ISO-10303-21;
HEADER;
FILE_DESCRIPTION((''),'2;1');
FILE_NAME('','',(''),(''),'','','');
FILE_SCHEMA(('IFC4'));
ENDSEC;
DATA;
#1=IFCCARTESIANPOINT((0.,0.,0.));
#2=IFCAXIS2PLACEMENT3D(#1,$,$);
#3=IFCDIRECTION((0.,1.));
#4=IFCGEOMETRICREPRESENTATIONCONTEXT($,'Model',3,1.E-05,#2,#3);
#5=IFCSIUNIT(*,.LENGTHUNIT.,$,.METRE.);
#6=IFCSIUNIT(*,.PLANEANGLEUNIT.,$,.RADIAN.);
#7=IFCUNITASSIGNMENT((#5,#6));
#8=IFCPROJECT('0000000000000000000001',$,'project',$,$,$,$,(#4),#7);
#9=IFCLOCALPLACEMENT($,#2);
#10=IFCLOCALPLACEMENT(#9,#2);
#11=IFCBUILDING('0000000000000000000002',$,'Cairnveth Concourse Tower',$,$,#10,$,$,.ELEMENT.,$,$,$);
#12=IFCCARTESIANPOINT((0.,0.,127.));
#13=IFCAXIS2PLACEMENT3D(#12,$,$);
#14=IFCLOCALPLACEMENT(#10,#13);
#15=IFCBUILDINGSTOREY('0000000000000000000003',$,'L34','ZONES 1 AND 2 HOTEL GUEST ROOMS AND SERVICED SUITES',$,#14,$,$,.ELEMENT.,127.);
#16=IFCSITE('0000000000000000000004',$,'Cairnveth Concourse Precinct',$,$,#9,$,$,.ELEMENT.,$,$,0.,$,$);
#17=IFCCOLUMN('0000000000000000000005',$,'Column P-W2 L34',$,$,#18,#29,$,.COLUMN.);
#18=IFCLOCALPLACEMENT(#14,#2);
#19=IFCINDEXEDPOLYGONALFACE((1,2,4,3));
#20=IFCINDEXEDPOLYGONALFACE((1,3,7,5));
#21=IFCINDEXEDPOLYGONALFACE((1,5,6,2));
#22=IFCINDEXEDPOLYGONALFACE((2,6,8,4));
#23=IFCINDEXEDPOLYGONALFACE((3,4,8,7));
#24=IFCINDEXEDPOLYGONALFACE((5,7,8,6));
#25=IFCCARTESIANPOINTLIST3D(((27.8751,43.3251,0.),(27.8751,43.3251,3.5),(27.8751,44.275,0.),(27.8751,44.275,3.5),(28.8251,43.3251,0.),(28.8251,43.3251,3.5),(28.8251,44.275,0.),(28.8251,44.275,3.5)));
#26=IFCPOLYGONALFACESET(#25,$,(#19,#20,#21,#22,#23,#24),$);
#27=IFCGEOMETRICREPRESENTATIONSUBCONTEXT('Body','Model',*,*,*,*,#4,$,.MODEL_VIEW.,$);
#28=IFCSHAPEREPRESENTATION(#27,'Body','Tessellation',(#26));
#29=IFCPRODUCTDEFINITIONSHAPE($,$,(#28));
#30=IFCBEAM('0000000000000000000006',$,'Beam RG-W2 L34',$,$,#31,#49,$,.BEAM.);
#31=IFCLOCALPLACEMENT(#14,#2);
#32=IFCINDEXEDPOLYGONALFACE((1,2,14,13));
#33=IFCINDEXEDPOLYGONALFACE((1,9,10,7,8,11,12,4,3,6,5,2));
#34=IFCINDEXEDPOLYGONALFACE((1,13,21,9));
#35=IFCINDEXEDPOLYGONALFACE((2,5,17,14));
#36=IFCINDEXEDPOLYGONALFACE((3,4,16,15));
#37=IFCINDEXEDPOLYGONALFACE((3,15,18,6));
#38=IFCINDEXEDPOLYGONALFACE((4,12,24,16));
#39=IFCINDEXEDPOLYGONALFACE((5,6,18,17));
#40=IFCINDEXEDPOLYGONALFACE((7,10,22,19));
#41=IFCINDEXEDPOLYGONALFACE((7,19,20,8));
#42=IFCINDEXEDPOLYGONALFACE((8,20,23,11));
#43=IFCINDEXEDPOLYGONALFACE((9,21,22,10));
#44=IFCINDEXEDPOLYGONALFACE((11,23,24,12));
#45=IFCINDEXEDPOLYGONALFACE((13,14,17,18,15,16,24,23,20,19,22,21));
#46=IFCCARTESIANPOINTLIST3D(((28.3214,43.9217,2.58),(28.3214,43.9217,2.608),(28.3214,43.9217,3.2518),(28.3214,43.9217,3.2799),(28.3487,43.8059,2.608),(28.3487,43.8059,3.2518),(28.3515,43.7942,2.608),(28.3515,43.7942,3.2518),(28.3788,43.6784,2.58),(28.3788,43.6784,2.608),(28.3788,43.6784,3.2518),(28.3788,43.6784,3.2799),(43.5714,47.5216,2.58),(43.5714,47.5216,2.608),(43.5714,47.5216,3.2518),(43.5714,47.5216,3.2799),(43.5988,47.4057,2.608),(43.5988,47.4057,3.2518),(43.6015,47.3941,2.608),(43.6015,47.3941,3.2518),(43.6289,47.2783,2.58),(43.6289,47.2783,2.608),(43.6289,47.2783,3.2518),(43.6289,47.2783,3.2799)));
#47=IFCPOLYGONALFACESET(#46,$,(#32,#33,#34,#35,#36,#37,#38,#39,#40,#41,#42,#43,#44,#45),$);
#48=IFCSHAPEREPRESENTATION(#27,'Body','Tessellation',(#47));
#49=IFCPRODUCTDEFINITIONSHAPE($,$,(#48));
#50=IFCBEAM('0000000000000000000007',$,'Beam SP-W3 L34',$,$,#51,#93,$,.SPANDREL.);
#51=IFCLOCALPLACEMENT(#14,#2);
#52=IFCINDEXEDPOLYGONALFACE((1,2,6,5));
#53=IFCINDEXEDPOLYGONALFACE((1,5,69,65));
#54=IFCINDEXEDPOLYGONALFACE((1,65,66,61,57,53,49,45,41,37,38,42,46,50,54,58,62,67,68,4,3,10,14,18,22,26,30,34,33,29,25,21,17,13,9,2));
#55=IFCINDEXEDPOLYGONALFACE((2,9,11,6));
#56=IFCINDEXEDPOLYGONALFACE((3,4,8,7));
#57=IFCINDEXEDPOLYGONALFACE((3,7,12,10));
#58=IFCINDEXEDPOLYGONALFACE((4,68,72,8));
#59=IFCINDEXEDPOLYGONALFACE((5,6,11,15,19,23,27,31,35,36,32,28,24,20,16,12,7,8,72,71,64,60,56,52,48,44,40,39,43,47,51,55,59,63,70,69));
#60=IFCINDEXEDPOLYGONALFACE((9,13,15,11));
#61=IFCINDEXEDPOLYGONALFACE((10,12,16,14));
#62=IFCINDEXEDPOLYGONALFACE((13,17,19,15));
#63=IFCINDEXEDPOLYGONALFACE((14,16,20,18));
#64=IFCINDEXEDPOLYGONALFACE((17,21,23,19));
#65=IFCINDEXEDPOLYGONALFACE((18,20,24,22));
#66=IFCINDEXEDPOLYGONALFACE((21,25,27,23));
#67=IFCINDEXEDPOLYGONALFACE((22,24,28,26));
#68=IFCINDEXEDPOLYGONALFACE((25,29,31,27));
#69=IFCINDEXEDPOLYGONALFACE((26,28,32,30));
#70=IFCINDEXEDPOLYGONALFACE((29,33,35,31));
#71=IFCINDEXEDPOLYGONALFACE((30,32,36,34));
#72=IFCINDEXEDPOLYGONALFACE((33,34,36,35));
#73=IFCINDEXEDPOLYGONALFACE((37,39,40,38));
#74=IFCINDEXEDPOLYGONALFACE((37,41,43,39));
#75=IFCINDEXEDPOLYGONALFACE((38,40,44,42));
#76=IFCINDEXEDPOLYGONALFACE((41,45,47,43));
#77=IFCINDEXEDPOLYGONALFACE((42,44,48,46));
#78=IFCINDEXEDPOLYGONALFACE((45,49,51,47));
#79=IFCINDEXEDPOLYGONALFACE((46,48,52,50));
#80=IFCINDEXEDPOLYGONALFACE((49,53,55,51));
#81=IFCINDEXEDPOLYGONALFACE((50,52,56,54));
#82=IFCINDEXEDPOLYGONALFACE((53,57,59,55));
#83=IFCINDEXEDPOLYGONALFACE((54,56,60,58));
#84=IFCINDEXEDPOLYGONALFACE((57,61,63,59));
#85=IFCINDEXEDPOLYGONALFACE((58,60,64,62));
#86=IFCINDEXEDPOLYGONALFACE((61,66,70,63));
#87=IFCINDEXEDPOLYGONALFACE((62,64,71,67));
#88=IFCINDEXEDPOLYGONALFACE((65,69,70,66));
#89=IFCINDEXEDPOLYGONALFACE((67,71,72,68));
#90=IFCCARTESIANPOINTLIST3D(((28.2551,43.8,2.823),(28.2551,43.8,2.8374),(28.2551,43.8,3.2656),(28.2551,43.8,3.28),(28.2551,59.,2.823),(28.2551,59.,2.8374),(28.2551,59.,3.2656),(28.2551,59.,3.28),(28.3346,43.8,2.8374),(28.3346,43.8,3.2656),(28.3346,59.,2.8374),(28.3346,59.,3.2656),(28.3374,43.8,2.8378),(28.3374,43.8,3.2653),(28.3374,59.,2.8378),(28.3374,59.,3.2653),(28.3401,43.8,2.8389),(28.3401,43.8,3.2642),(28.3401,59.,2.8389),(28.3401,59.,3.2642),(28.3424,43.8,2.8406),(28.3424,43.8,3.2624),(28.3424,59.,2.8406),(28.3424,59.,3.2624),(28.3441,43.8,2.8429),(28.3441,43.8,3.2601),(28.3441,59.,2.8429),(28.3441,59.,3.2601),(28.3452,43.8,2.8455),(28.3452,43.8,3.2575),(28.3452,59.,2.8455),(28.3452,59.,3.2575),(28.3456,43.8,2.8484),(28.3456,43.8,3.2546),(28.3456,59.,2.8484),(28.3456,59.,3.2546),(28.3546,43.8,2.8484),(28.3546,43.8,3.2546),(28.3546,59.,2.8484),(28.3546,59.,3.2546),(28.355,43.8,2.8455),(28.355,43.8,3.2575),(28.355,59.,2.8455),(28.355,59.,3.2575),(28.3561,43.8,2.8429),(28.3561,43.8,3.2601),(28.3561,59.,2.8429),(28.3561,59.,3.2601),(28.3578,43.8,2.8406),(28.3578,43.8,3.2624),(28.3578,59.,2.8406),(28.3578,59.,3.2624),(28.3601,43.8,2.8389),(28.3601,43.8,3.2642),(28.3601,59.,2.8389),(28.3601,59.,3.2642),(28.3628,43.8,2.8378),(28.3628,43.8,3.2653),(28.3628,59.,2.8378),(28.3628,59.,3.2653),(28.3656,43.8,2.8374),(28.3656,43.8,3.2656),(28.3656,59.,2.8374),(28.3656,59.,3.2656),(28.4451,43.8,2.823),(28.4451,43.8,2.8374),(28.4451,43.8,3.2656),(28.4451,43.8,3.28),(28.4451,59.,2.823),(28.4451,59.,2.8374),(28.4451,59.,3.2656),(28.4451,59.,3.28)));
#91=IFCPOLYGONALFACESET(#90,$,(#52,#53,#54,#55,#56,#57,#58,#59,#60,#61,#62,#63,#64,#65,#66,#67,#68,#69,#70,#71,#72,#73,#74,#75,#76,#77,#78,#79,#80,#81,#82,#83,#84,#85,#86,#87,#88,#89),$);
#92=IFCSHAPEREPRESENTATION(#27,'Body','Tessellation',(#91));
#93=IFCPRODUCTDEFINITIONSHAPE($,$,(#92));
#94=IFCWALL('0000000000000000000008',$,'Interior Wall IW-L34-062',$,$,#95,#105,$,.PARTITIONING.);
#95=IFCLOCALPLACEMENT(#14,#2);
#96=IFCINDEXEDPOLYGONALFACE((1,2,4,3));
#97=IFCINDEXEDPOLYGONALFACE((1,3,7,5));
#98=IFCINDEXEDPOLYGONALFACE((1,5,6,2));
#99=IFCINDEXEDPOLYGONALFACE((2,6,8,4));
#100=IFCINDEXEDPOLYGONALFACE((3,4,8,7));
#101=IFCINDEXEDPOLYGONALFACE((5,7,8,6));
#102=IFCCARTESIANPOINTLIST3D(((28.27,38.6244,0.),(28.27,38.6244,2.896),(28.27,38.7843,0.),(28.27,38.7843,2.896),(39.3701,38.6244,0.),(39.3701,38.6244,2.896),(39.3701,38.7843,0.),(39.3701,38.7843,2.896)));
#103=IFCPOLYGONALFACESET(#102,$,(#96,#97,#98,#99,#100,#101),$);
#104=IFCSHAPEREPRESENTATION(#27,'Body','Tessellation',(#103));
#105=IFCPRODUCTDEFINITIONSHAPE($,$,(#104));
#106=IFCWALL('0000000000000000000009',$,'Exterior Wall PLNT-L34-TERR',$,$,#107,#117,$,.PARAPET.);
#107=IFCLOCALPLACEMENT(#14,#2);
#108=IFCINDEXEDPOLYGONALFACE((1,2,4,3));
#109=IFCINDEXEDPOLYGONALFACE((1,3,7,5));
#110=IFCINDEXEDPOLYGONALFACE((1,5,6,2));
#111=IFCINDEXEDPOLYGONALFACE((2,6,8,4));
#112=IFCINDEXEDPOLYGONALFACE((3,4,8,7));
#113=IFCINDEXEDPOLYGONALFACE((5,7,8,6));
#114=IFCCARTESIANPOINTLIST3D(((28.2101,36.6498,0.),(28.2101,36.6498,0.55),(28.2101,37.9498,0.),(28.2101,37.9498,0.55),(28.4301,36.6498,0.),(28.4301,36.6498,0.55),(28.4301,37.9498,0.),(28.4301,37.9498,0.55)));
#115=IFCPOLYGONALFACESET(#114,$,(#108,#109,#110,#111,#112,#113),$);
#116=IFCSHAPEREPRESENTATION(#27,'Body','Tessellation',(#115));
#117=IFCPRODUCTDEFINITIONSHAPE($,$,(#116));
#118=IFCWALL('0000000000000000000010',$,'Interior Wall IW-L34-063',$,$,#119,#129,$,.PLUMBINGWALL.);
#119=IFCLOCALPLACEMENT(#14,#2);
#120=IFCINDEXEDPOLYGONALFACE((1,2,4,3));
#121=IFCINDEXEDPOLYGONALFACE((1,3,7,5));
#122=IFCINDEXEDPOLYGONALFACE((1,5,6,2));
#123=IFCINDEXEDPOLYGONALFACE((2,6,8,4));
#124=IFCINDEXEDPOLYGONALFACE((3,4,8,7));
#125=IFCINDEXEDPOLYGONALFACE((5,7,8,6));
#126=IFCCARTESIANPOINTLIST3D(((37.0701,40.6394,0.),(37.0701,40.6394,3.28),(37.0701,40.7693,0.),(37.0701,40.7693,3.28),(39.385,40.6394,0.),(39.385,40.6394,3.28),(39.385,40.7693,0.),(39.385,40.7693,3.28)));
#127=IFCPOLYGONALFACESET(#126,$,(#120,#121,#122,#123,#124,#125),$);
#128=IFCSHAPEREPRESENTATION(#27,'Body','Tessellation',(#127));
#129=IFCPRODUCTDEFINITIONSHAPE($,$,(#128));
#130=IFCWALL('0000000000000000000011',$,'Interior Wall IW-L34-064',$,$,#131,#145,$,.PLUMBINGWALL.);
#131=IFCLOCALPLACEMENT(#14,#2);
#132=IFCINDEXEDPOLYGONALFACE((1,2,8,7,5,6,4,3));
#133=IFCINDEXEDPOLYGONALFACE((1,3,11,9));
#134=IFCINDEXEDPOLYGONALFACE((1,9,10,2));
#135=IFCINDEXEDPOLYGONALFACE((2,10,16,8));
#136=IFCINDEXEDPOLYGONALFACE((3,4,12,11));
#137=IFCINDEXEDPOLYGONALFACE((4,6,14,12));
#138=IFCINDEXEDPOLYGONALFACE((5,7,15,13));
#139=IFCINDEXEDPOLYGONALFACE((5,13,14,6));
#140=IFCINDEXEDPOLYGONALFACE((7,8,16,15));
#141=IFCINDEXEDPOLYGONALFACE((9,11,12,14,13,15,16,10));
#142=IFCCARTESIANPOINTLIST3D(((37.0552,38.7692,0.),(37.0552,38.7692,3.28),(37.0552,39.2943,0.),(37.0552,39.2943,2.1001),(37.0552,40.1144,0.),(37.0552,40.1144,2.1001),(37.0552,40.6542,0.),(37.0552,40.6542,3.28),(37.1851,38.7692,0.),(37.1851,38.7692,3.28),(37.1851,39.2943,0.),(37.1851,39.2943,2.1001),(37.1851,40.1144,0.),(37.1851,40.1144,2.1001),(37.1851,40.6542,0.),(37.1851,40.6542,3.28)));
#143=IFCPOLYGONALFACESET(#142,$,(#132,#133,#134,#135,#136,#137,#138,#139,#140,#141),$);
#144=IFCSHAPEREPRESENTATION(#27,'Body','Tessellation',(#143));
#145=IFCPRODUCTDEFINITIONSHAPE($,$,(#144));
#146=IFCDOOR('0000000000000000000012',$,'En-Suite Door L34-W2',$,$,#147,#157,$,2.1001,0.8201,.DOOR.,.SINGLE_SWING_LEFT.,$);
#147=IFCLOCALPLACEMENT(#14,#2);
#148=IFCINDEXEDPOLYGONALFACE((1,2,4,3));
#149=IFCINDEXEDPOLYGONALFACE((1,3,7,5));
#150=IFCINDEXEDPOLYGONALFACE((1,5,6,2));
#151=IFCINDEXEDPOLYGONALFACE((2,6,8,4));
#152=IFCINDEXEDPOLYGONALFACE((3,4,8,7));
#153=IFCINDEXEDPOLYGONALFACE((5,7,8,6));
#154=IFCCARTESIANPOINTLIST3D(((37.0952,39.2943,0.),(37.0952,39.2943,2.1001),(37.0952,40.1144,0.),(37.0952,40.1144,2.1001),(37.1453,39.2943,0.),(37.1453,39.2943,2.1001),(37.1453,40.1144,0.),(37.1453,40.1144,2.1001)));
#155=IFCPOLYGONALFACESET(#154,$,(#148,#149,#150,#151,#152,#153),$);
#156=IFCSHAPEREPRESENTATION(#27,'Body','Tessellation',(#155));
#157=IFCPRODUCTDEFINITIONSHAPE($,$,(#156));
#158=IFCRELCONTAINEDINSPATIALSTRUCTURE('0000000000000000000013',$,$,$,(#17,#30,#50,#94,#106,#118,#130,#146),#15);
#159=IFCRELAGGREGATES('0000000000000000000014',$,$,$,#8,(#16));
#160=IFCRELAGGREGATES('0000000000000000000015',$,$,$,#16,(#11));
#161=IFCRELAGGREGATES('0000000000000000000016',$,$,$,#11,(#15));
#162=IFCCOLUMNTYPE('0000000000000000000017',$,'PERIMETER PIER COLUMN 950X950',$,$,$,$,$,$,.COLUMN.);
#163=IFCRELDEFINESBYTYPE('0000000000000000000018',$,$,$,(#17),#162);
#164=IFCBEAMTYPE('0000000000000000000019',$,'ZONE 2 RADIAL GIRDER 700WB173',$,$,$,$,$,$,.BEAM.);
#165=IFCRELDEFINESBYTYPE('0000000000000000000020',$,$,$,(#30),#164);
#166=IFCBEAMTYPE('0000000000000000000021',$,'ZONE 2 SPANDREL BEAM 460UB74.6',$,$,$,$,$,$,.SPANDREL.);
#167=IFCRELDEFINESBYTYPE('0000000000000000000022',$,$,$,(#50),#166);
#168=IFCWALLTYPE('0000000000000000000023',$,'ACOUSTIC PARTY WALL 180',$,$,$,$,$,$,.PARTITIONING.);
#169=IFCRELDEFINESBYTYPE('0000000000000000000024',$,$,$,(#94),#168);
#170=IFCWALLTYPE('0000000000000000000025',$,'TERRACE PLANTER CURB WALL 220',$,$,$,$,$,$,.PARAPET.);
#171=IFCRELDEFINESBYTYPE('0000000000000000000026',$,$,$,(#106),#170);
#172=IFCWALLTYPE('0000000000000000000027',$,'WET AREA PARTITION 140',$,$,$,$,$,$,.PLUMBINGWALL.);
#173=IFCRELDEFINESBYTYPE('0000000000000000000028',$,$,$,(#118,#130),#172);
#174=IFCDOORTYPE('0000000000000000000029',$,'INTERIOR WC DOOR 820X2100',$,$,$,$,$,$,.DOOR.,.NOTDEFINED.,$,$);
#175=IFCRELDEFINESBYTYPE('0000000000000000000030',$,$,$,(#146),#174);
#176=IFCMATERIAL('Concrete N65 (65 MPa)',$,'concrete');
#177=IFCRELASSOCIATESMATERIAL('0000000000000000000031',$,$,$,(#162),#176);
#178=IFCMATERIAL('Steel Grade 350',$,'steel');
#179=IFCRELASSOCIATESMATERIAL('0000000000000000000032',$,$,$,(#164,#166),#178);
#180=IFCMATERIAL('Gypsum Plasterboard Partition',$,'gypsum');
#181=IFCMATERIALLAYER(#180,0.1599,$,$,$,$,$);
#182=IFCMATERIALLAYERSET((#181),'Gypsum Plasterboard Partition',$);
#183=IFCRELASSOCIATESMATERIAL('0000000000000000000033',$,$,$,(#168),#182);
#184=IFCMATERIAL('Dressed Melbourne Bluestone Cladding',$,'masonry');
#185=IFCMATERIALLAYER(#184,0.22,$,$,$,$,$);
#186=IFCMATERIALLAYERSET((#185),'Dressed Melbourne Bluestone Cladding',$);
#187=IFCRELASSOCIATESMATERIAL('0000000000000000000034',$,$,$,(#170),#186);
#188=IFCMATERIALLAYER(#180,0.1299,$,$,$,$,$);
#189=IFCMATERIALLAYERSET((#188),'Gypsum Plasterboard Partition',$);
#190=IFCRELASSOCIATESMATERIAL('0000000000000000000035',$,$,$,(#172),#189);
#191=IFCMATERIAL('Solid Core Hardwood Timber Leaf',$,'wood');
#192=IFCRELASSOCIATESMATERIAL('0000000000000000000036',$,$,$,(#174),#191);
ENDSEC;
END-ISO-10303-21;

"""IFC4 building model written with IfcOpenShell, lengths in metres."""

from ifc_helpers import new_model, si_unit, direction, frame, frame_2d, origin, origin_2d, place, context, subcontext, project, spatial, rectangle, i_section, extrude, material, layer, layer_set, material_profile, profile_set, type_object, element, fill, save


model = new_model("IFC4")

# Units and contexts
model_context = context("Model", 3, precision=1e-05, world=origin(), true_north=direction((0.0, 1.0)))
body_context = subcontext(model_context, "Body", "Model", "MODEL_VIEW")
ifc_project = project(units=[si_unit("LENGTHUNIT", "METRE"), si_unit("PLANEANGLEUNIT", "RADIAN")], contexts=[model_context])

# Site, building, storey
site_placement = place(None, origin())
site = spatial("IfcSite", under=ifc_project, at=site_placement, Name="Cairnveth Concourse Precinct", CompositionType="ELEMENT", RefElevation=0.0)
building_placement = place(site_placement, origin())
building = spatial("IfcBuilding", under=site, at=building_placement, Name="Cairnveth Concourse Tower", CompositionType="ELEMENT")
storey_placement = place(building_placement, frame((0.0, 0.0, 127.0)))
storey = spatial("IfcBuildingStorey", under=building, at=storey_placement, Name="L34", Description="ZONES 1 AND 2 HOTEL GUEST ROOMS AND SERVICED SUITES", CompositionType="ELEMENT", Elevation=127.0)

# Column
ifc_material_1 = material(Name="Concrete N65 (65 MPa)", Category="concrete")
ifc_material_profile_1 = material_profile(ifc_material_1, rectangle(XDim=0.95, YDim=0.95, at=origin_2d()), Name="RC-COL-950x950")
ifc_profile_set_1 = profile_set([ifc_material_profile_1], Name="Concrete N65 (65 MPa)")
column_type = type_object("IfcColumnType", Name="PERIMETER PIER COLUMN 950X950", PredefinedType="COLUMN", material=ifc_profile_set_1)
column_placement = place(storey_placement, frame((28.3501, 43.8, 0.0), z_axis=(0.0, 0.0, 1.0), x_axis=(0.0, 1.0, 0.0)))
element("IfcColumn", 1, at=column_placement, inside=storey, type_object=column_type, Name="Column P-W2 L34", PredefinedType="COLUMN", context=body_context, shape_type="SweptSolid", body=[
    extrude(rectangle(XDim=0.95, YDim=0.95, at=origin_2d()), origin(), (0.0, 0.0, 1.0), 3.5),
])

# Beams
ifc_material_2 = material(Name="Steel Grade 350", Category="steel")
ifc_material_profile_2 = material_profile(ifc_material_2, i_section(OverallWidth=0.25, OverallDepth=0.7, WebThickness=0.012, FlangeThickness=0.0281, at=origin_2d()), Name="700WB173")
ifc_profile_set_2 = profile_set([ifc_material_profile_2], Name="Steel Grade 350")
beam_type_1 = type_object("IfcBeamType", Name="ZONE 2 RADIAL GIRDER 700WB173", PredefinedType="BEAM", material=ifc_profile_set_2)
beam_1_placement = place(storey_placement, frame((28.3501, 43.8, 2.9299), z_axis=(0.973252, 0.229742, 0.0), x_axis=(-0.229742, 0.973252, 0.0)))
element("IfcBeam", 2, at=beam_1_placement, inside=storey, type_object=beam_type_1, Name="Beam RG-W2 L34", PredefinedType="BEAM", context=body_context, shape_type="SweptSolid", body=[
    extrude(i_section(OverallWidth=0.25, OverallDepth=0.7, WebThickness=0.012, FlangeThickness=0.0281, at=origin_2d()), origin(), (0.0, 0.0, 1.0), 15.6692),
])
ifc_material_profile_3 = material_profile(ifc_material_2, i_section(OverallWidth=0.1899, OverallDepth=0.457, WebThickness=0.009, FlangeThickness=0.0144, FilletRadius=0.011, at=origin_2d()), Name="460UB74.6")
ifc_profile_set_3 = profile_set([ifc_material_profile_3], Name="Steel Grade 350")
beam_type_2 = type_object("IfcBeamType", Name="ZONE 2 SPANDREL BEAM 460UB74.6", PredefinedType="SPANDREL", material=ifc_profile_set_3)
beam_2_placement = place(storey_placement, frame((28.3501, 43.8, 3.0515), z_axis=(0.0, 1.0, 0.0), x_axis=(-1.0, 0.0, 0.0)))
element("IfcBeam", 3, at=beam_2_placement, inside=storey, type_object=beam_type_2, Name="Beam SP-W3 L34", PredefinedType="SPANDREL", context=body_context, shape_type="SweptSolid", body=[
    extrude(i_section(OverallWidth=0.1899, OverallDepth=0.457, WebThickness=0.009, FlangeThickness=0.0144, FilletRadius=0.011, at=origin_2d()), origin(), (0.0, 0.0, 1.0), 15.2),
])

# Wall
ifc_material_3 = material(Name="Gypsum Plasterboard Partition", Category="gypsum")
ifc_layer_1 = layer(ifc_material_3, 0.1599)
ifc_layer_set_1 = layer_set([ifc_layer_1], Name="Gypsum Plasterboard Partition")
wall_type_1 = type_object("IfcWallType", Name="ACOUSTIC PARTY WALL 180", PredefinedType="PARTITIONING", material=ifc_layer_set_1)
wall_1_placement = place(storey_placement, frame((28.27, 38.7043, 0.0), z_axis=(0.0, 0.0, 1.0), x_axis=(1.0, 0.0, 0.0)))
element("IfcWall", 4, at=wall_1_placement, inside=storey, type_object=wall_type_1, Name="Interior Wall IW-L34-062", PredefinedType="PARTITIONING", context=body_context, shape_type="SweptSolid", body=[
    extrude(rectangle(XDim=11.1001, YDim=0.1599, at=frame_2d((5.55, 0.0))), origin(), (0.0, 0.0, 1.0), 2.896),
])

# Walls
ifc_material_4 = material(Name="Dressed Melbourne Bluestone Cladding", Category="masonry")
ifc_layer_2 = layer(ifc_material_4, 0.22)
ifc_layer_set_2 = layer_set([ifc_layer_2], Name="Dressed Melbourne Bluestone Cladding")
wall_type_2 = type_object("IfcWallType", Name="TERRACE PLANTER CURB WALL 220", PredefinedType="PARAPET", material=ifc_layer_set_2)
wall_2_placement = place(storey_placement, frame((28.3201, 36.6499, 0.0), z_axis=(0.0, 0.0, 1.0), x_axis=(0.0, 1.0, 0.0)))
element("IfcWall", 5, at=wall_2_placement, inside=storey, type_object=wall_type_2, Name="Exterior Wall PLNT-L34-TERR", PredefinedType="PARAPET", context=body_context, shape_type="SweptSolid", body=[
    extrude(rectangle(XDim=1.3, YDim=0.22, at=frame_2d((0.6499, 0.0))), origin(), (0.0, 0.0, 1.0), 0.55),
])
ifc_layer_3 = layer(ifc_material_3, 0.1299)
ifc_layer_set_3 = layer_set([ifc_layer_3], Name="Gypsum Plasterboard Partition")
wall_type_3 = type_object("IfcWallType", Name="WET AREA PARTITION 140", PredefinedType="PLUMBINGWALL", material=ifc_layer_set_3)
wall_3_placement = place(storey_placement, frame((37.0701, 40.7043, 0.0), z_axis=(0.0, 0.0, 1.0), x_axis=(1.0, 0.0, 0.0)))
element("IfcWall", 6, at=wall_3_placement, inside=storey, type_object=wall_type_3, Name="Interior Wall IW-L34-063", PredefinedType="PLUMBINGWALL", context=body_context, shape_type="SweptSolid", body=[
    extrude(rectangle(XDim=2.3149, YDim=0.1299, at=frame_2d((1.1575, 0.0))), origin(), (0.0, 0.0, 1.0), 3.28),
])

# Wall, opening, door
wall_4_placement = place(storey_placement, frame((37.1201, 38.7693, 0.0), z_axis=(0.0, 0.0, 1.0), x_axis=(0.0, 1.0, 0.0)))
wall_4 = element("IfcWall", 7, at=wall_4_placement, inside=storey, type_object=wall_type_3, Name="Interior Wall IW-L34-064", PredefinedType="PLUMBINGWALL", context=body_context, shape_type="SweptSolid", body=[
    extrude(rectangle(XDim=1.885, YDim=0.1299, at=frame_2d((0.9424, 0.0))), origin(), (0.0, 0.0, 1.0), 3.28),
])
opening_1_placement = place(wall_4_placement, frame((0.5249, 0.0, 0.0)))
opening_1 = element("IfcOpeningElement", 8, at=opening_1_placement, cuts=wall_4, PredefinedType="OPENING", context=body_context, shape_type="SweptSolid", body=[
    extrude(rectangle(XDim=0.8201, YDim=2.1001, at=frame_2d((0.4102, 1.05))), frame((0.0, 0.075, 0.0), z_axis=(0.0, -1.0, 0.0), x_axis=(1.0, 0.0, 0.0)), (0.0, 0.0, 1.0), 0.1499),
])
ifc_material_5 = material(Name="Solid Core Hardwood Timber Leaf", Category="wood")
door_type_1 = type_object("IfcDoorType", Name="INTERIOR WC DOOR 820X2100", OperationType="NOTDEFINED", PredefinedType="DOOR", material=ifc_material_5)
door_1_placement = place(opening_1_placement, origin())
door_1 = element("IfcDoor", 9, at=door_1_placement, inside=storey, type_object=door_type_1, Name="En-Suite Door L34-W2", OperationType="SINGLE_SWING_LEFT", OverallHeight=2.1001, OverallWidth=0.8201, PredefinedType="DOOR", context=body_context, shape_type="SweptSolid", body=[
    extrude(rectangle(XDim=0.8201, YDim=2.1001, at=frame_2d((0.4102, 1.05))), frame((0.0, 0.0249, 0.0), z_axis=(0.0, -1.0, 0.0), x_axis=(1.0, 0.0, 0.0)), (0.0, 0.0, 1.0), 0.05),
])
fill(opening_1, door_1)

save(model, "model.ifc")
